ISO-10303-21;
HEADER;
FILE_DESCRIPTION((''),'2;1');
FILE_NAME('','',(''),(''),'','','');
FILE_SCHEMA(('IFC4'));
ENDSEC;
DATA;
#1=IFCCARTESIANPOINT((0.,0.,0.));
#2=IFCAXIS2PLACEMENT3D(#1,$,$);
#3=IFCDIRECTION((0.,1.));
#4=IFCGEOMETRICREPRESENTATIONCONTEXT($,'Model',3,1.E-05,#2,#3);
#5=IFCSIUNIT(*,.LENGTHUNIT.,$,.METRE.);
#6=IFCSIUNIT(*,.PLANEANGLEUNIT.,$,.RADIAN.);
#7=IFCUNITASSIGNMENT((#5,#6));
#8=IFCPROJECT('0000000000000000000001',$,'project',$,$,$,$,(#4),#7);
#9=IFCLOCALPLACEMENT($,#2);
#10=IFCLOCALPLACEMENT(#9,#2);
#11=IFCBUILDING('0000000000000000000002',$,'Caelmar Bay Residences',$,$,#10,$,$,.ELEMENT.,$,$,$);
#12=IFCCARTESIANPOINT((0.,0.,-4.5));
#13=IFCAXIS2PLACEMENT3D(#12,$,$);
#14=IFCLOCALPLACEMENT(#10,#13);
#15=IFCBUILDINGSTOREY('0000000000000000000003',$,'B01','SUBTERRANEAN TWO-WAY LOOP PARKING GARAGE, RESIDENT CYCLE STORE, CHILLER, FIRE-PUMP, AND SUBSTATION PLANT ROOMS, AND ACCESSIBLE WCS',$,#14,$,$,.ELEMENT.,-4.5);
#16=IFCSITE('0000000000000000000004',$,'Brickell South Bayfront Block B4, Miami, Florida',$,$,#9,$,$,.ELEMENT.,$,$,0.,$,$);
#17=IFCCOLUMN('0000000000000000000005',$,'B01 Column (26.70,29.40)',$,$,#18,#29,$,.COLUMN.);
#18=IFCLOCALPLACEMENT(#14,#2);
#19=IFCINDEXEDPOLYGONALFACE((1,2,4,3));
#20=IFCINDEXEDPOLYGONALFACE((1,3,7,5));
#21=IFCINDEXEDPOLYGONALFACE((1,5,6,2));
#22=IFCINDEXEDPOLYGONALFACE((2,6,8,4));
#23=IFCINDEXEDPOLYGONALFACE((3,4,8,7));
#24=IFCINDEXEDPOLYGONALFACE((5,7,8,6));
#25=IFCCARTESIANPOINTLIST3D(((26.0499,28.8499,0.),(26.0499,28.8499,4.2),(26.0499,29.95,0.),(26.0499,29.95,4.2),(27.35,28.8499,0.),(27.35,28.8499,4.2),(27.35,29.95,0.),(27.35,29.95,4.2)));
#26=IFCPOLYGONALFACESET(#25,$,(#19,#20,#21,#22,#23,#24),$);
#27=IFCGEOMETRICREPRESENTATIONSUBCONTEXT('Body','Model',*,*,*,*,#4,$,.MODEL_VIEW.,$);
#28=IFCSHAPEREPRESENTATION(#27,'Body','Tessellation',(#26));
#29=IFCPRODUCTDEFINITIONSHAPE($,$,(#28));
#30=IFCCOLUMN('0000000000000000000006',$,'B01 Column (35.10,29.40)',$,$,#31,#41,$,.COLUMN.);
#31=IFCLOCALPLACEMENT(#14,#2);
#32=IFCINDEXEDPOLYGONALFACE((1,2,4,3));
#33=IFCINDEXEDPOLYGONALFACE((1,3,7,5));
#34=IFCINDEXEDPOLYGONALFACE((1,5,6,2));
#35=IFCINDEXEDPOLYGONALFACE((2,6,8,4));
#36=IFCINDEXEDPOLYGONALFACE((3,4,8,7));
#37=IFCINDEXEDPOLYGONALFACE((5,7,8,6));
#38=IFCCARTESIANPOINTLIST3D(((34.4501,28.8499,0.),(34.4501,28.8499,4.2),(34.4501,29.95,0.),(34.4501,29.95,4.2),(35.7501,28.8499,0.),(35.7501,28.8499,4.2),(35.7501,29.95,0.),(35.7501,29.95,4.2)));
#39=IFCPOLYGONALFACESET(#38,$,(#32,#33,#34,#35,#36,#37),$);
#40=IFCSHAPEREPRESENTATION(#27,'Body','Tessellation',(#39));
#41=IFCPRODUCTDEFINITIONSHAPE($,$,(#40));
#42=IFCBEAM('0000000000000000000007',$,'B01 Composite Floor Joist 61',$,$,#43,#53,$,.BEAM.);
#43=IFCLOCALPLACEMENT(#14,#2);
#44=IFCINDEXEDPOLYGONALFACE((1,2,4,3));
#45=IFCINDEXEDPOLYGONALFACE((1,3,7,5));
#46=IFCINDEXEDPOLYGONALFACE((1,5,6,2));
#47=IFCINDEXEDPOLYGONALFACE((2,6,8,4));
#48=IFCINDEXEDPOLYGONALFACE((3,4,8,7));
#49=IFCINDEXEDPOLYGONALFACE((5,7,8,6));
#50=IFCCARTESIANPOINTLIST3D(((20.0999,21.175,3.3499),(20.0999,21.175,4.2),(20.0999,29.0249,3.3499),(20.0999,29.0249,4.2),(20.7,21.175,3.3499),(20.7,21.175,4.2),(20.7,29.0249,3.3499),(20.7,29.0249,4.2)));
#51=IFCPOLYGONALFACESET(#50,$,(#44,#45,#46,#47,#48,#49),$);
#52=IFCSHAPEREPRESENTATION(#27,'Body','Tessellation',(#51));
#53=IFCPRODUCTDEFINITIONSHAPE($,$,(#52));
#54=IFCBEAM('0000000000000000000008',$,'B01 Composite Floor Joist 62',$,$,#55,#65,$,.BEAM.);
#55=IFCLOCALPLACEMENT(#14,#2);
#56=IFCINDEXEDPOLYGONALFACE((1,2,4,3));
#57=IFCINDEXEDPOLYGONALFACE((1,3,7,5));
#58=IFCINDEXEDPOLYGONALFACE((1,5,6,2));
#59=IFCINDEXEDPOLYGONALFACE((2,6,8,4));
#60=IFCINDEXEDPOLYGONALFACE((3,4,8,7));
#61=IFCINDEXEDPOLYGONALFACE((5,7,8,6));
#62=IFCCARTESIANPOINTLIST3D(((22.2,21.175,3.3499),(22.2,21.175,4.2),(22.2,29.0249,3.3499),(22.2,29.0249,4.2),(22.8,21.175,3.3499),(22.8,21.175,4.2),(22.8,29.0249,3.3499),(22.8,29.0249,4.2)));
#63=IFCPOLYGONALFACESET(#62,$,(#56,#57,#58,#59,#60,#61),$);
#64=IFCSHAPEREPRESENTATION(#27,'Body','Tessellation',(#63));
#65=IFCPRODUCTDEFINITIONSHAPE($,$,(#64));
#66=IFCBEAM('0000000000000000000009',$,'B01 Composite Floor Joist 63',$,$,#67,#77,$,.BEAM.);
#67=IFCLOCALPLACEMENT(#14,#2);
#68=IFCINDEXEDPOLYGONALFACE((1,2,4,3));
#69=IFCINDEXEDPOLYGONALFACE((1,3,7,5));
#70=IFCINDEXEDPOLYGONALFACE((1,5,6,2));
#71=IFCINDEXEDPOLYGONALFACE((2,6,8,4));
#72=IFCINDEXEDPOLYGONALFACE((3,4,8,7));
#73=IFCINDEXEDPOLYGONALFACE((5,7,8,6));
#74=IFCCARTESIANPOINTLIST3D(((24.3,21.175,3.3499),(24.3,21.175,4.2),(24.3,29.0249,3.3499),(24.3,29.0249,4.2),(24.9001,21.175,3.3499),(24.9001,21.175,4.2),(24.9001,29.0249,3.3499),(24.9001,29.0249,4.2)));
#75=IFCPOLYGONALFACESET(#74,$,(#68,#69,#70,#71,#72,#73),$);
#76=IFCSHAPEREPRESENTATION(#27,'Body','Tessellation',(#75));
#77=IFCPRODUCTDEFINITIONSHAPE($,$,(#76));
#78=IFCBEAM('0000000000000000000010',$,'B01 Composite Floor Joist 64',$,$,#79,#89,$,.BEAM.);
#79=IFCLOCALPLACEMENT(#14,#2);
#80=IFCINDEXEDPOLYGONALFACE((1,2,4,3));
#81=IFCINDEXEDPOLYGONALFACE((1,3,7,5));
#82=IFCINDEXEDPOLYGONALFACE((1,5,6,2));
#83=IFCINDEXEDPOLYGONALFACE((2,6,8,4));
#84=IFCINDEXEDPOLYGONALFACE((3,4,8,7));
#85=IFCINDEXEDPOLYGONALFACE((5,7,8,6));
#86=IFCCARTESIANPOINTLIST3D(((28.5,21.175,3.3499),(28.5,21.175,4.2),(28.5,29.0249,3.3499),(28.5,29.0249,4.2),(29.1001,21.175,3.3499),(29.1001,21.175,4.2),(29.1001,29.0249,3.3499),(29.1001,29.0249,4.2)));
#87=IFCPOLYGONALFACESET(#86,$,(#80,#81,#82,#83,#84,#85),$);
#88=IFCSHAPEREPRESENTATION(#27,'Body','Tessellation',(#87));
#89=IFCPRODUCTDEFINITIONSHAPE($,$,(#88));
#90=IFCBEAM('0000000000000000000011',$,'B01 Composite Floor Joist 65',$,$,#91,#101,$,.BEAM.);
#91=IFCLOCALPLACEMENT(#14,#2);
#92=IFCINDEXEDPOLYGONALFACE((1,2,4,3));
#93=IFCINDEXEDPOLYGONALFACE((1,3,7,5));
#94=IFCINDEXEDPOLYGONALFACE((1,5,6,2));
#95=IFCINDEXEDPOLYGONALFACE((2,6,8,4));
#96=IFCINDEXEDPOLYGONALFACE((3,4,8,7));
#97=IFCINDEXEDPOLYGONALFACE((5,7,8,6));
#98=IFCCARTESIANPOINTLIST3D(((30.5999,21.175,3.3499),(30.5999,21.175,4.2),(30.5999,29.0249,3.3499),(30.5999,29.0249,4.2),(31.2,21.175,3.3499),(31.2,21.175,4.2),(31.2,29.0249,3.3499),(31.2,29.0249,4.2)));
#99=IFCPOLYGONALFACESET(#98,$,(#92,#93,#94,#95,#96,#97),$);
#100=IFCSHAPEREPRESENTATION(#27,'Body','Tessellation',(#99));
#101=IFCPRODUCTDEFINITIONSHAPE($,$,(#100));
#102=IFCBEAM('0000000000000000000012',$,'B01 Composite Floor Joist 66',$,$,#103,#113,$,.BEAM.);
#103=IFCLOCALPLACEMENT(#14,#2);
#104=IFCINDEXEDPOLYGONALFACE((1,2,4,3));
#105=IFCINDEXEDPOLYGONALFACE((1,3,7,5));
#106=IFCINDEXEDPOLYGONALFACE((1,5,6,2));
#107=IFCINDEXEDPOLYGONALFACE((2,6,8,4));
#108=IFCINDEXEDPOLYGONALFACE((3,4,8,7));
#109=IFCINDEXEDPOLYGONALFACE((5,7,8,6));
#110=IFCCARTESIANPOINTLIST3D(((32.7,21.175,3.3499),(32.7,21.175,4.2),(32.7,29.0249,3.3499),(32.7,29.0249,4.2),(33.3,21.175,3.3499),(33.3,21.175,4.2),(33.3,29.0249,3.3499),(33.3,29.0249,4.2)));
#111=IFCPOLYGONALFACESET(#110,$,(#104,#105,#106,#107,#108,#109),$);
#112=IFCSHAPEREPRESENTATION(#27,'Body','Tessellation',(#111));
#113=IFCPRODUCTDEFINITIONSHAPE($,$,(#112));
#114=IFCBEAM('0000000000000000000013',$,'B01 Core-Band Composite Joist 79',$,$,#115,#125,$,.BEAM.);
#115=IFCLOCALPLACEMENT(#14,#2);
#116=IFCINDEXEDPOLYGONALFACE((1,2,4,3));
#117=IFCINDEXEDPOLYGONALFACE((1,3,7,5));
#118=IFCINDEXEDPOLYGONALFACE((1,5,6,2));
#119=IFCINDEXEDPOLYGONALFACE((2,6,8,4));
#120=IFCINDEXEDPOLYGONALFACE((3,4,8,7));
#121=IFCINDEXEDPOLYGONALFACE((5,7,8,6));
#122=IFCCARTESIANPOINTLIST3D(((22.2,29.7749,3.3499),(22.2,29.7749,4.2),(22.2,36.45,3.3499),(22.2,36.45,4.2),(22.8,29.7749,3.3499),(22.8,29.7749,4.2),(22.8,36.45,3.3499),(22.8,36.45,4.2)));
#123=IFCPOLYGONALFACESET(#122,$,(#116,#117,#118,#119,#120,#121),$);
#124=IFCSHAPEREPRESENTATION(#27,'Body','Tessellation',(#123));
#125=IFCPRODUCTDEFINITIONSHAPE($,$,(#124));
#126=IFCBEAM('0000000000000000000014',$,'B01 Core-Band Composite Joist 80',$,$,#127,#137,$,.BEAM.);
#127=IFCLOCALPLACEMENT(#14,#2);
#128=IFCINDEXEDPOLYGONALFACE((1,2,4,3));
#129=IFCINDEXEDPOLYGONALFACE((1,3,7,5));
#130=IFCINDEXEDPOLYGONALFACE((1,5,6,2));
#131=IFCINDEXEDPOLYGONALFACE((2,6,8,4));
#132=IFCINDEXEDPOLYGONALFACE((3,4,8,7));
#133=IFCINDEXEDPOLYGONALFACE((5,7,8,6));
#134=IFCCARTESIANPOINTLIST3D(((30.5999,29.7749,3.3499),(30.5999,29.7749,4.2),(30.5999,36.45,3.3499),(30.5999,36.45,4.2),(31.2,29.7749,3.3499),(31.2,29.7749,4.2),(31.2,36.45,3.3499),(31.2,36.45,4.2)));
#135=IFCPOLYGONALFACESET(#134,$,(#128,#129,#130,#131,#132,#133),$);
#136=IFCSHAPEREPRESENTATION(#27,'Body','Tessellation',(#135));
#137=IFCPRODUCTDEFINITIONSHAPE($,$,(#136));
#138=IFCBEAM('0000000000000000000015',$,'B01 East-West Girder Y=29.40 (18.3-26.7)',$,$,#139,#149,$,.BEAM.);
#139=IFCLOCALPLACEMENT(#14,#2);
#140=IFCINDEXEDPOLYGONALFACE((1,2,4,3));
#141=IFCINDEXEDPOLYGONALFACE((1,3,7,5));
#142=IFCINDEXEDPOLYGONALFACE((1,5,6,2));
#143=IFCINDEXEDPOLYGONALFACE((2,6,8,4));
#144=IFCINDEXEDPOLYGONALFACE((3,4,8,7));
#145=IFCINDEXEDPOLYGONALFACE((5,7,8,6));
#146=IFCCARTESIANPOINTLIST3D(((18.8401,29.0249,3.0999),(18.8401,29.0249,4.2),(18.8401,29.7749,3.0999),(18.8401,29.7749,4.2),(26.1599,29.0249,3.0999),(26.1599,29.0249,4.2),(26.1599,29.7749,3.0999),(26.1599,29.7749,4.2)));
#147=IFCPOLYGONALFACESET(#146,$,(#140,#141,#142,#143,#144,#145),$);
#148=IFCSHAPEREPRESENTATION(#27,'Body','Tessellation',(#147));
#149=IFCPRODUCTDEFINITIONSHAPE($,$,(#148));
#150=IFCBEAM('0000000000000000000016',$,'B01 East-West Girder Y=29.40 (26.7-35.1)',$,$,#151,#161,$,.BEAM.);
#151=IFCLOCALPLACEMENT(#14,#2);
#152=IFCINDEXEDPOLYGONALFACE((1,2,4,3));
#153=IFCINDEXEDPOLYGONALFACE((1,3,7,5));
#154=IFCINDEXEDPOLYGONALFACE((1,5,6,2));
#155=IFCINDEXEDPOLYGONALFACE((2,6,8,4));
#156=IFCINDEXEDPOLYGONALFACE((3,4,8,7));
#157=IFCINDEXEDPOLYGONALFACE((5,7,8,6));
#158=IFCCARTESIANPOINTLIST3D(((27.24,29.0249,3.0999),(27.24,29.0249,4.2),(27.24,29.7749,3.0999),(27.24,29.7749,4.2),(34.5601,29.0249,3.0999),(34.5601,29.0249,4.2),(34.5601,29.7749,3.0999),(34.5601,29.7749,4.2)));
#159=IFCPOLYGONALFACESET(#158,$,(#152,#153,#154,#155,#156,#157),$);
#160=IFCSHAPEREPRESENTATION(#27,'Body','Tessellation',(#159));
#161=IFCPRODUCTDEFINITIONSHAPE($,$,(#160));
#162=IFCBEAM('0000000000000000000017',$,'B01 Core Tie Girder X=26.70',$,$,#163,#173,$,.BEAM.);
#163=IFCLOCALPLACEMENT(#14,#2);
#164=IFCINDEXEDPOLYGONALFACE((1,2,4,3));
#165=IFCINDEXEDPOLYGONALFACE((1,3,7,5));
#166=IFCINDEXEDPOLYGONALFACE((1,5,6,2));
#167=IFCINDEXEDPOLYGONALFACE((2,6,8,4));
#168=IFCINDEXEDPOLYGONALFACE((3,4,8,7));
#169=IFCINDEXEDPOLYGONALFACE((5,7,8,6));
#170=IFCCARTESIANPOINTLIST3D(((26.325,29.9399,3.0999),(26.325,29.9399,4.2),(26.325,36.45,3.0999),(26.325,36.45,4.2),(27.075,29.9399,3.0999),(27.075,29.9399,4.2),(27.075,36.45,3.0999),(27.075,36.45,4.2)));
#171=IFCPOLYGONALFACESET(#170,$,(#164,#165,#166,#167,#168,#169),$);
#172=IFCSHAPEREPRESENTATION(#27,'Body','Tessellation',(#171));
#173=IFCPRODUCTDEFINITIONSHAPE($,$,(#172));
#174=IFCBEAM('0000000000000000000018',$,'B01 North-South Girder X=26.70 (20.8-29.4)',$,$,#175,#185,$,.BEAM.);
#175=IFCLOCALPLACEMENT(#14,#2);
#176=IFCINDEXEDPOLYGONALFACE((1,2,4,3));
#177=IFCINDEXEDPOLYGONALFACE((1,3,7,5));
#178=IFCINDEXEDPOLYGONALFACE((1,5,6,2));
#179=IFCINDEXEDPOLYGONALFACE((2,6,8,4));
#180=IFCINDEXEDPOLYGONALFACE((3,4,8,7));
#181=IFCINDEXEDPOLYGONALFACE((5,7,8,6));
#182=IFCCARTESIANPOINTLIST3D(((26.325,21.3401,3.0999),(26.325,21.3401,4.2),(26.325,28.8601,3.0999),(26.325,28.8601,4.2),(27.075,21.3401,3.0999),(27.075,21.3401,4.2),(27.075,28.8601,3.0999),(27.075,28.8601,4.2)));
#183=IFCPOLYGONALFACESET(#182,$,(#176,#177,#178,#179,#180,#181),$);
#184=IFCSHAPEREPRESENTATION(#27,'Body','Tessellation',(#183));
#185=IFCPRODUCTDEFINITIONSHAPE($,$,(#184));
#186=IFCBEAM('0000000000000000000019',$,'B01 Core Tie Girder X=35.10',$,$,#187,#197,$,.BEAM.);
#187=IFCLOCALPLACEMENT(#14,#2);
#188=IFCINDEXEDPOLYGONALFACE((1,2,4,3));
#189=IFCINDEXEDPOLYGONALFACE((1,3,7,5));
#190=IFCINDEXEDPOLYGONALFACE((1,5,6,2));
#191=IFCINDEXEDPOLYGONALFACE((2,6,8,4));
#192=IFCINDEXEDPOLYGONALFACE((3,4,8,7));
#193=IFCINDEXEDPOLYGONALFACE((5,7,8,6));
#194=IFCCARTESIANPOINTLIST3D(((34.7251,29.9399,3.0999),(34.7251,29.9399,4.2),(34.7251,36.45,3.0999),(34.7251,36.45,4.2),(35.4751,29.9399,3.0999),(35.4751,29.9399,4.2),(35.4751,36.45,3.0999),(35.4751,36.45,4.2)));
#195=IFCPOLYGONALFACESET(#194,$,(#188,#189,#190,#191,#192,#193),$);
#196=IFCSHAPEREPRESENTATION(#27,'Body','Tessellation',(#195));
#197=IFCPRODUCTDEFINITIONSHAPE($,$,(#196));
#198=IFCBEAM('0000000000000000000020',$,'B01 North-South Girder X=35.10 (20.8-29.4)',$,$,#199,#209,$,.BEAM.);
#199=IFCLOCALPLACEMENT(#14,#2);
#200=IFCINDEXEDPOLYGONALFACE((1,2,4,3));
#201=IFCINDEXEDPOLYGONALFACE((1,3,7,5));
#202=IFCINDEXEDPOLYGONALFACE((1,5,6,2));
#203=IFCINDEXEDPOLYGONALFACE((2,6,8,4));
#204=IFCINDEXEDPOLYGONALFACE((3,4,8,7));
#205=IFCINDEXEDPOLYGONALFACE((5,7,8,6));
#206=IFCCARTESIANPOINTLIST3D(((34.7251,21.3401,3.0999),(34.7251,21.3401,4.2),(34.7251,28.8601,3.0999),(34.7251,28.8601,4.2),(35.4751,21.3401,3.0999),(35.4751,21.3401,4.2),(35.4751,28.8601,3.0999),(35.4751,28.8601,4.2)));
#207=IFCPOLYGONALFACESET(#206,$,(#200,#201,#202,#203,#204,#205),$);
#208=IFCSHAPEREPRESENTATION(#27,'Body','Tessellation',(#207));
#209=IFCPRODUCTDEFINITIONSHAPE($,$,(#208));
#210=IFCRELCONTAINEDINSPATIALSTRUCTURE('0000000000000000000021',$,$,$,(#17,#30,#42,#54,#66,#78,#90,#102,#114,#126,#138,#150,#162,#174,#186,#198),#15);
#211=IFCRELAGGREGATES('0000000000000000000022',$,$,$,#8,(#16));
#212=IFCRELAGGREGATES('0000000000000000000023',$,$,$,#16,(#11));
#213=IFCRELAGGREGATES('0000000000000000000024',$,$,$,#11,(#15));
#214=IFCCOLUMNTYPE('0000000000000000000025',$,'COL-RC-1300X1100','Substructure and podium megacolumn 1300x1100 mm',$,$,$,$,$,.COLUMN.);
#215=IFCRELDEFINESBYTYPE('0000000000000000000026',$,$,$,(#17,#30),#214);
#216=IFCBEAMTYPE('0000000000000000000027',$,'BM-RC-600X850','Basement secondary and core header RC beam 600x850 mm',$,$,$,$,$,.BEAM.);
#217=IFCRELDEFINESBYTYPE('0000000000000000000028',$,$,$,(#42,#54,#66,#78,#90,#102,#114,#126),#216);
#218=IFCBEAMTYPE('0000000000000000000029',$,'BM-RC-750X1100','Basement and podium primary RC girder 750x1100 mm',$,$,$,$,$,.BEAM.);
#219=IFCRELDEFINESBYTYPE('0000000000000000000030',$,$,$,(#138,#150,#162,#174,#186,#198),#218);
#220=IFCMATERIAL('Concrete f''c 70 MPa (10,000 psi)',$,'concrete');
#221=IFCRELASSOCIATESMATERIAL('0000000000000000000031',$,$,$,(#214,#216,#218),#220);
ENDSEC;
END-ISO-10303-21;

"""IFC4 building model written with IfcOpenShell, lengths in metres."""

from ifc_helpers import new_model, si_unit, direction, frame, origin, origin_2d, place, context, subcontext, project, spatial, rectangle, extrude, material, material_profile, profile_set, type_object, element, save


model = new_model("IFC4")

# Units and contexts
model_context = context("Model", 3, precision=1e-05, world=origin(), true_north=direction((0.0, 1.0)))
body_context = subcontext(model_context, "Body", "Model", "MODEL_VIEW")
ifc_project = project(units=[si_unit("LENGTHUNIT", "METRE"), si_unit("PLANEANGLEUNIT", "RADIAN")], contexts=[model_context])

# Site, building, storey
site_placement = place(None, origin())
site = spatial("IfcSite", under=ifc_project, at=site_placement, Name="Brickell South Bayfront Block B4, Miami, Florida", CompositionType="ELEMENT", RefElevation=0.0)
building_placement = place(site_placement, origin())
building = spatial("IfcBuilding", under=site, at=building_placement, Name="Caelmar Bay Residences", CompositionType="ELEMENT")
storey_placement = place(building_placement, frame((0.0, 0.0, -4.5)))
storey = spatial("IfcBuildingStorey", under=building, at=storey_placement, Name="B01", Description="SUBTERRANEAN TWO-WAY LOOP PARKING GARAGE, RESIDENT CYCLE STORE, CHILLER, FIRE-PUMP, AND SUBSTATION PLANT ROOMS, AND ACCESSIBLE WCS", CompositionType="ELEMENT", Elevation=-4.5)

# Columns
ifc_material_1 = material(Name="Concrete f'c 70 MPa (10,000 psi)", Category="concrete")
ifc_material_profile_1 = material_profile(ifc_material_1, rectangle(XDim=1.3, YDim=1.1001, at=origin_2d()), Name="RC-COL-1300X1100")
ifc_profile_set_1 = profile_set([ifc_material_profile_1], Name="Concrete f'c 70 MPa (10,000 psi)")
column_type = type_object("IfcColumnType", Name="COL-RC-1300X1100", Description="Substructure and podium megacolumn 1300x1100 mm", PredefinedType="COLUMN", material=ifc_profile_set_1)
for number, where, z_axis, x_axis, name in (
    (1, (26.7, 29.3999, 0.0), (0.0, 0.0, 1.0), (1.0, 0.0, 0.0), "B01 Column (26.70,29.40)"),
    (2, (35.1001, 29.3999, 0.0), (0.0, 0.0, 1.0), (1.0, 0.0, 0.0), "B01 Column (35.10,29.40)"),
):
    element("IfcColumn", number, at=place(storey_placement, frame(where, z_axis=z_axis, x_axis=x_axis)), inside=storey, type_object=column_type, Name=name, PredefinedType="COLUMN", context=body_context, shape_type="SweptSolid", body=[
        extrude(rectangle(XDim=1.3, YDim=1.1001, at=origin_2d()), origin(), (0.0, 0.0, 1.0), 4.2),
    ])

# Beams
ifc_material_profile_2 = material_profile(ifc_material_1, rectangle(XDim=0.6001, YDim=0.8501, at=origin_2d()), Name="RC-BM-600X850")
ifc_profile_set_2 = profile_set([ifc_material_profile_2], Name="Concrete f'c 70 MPa (10,000 psi)")
beam_type_1 = type_object("IfcBeamType", Name="BM-RC-600X850", Description="Basement secondary and core header RC beam 600x850 mm", PredefinedType="BEAM", material=ifc_profile_set_2)
for number, where, z_axis, x_axis, name in (
    (3, (20.3999, 21.175, 3.7749), (0.0, 1.0, 0.0), (-1.0, 0.0, 0.0), "B01 Composite Floor Joist 61"),
    (4, (22.5, 21.175, 3.7749), (0.0, 1.0, 0.0), (-1.0, 0.0, 0.0), "B01 Composite Floor Joist 62"),
    (5, (24.6001, 21.175, 3.7749), (0.0, 1.0, 0.0), (-1.0, 0.0, 0.0), "B01 Composite Floor Joist 63"),
    (6, (28.8, 21.175, 3.7749), (0.0, 1.0, 0.0), (-1.0, 0.0, 0.0), "B01 Composite Floor Joist 64"),
    (7, (30.8999, 21.175, 3.7749), (0.0, 1.0, 0.0), (-1.0, 0.0, 0.0), "B01 Composite Floor Joist 65"),
    (8, (33.0, 21.175, 3.7749), (0.0, 1.0, 0.0), (-1.0, 0.0, 0.0), "B01 Composite Floor Joist 66"),
):
    element("IfcBeam", number, at=place(storey_placement, frame(where, z_axis=z_axis, x_axis=x_axis)), inside=storey, type_object=beam_type_1, Name=name, PredefinedType="BEAM", context=body_context, shape_type="SweptSolid", body=[
        extrude(rectangle(XDim=0.6001, YDim=0.8501, at=origin_2d()), origin(), (0.0, 0.0, 1.0), 7.8499),
    ])
for number, where, z_axis, x_axis, name in (
    (9, (22.5, 29.7749, 3.7749), (0.0, 1.0, 0.0), (-1.0, 0.0, 0.0), "B01 Core-Band Composite Joist 79"),
    (10, (30.8999, 29.7749, 3.7749), (0.0, 1.0, 0.0), (-1.0, 0.0, 0.0), "B01 Core-Band Composite Joist 80"),
):
    element("IfcBeam", number, at=place(storey_placement, frame(where, z_axis=z_axis, x_axis=x_axis)), inside=storey, type_object=beam_type_1, Name=name, PredefinedType="BEAM", context=body_context, shape_type="SweptSolid", body=[
        extrude(rectangle(XDim=0.6001, YDim=0.8501, at=origin_2d()), origin(), (0.0, 0.0, 1.0), 6.675),
    ])
ifc_material_profile_3 = material_profile(ifc_material_1, rectangle(XDim=0.75, YDim=1.1001, at=origin_2d()), Name="RC-BM-750X1100")
ifc_profile_set_3 = profile_set([ifc_material_profile_3], Name="Concrete f'c 70 MPa (10,000 psi)")
beam_type_2 = type_object("IfcBeamType", Name="BM-RC-750X1100", Description="Basement and podium primary RC girder 750x1100 mm", PredefinedType="BEAM", material=ifc_profile_set_3)
beam_1_placement = place(storey_placement, frame((18.8401, 29.3999, 3.6499), z_axis=(1.0, 0.0, 0.0), x_axis=(0.0, 1.0, 0.0)))
element("IfcBeam", 11, at=beam_1_placement, inside=storey, type_object=beam_type_2, Name="B01 East-West Girder Y=29.40 (18.3-26.7)", PredefinedType="BEAM", context=body_context, shape_type="SweptSolid", body=[
    extrude(rectangle(XDim=0.75, YDim=1.1001, at=origin_2d()), origin(), (0.0, 0.0, 1.0), 7.3198),
])
beam_2_placement = place(storey_placement, frame((27.24, 29.3999, 3.6499), z_axis=(1.0, 0.0, 0.0), x_axis=(0.0, 1.0, 0.0)))
element("IfcBeam", 12, at=beam_2_placement, inside=storey, type_object=beam_type_2, Name="B01 East-West Girder Y=29.40 (26.7-35.1)", PredefinedType="BEAM", context=body_context, shape_type="SweptSolid", body=[
    extrude(rectangle(XDim=0.75, YDim=1.1001, at=origin_2d()), origin(), (0.0, 0.0, 1.0), 7.3201),
])
beam_3_placement = place(storey_placement, frame((26.7, 29.9399, 3.6499), z_axis=(0.0, 1.0, 0.0), x_axis=(-1.0, 0.0, 0.0)))
element("IfcBeam", 13, at=beam_3_placement, inside=storey, type_object=beam_type_2, Name="B01 Core Tie Girder X=26.70", PredefinedType="BEAM", context=body_context, shape_type="SweptSolid", body=[
    extrude(rectangle(XDim=0.75, YDim=1.1001, at=origin_2d()), origin(), (0.0, 0.0, 1.0), 6.51),
])
beam_4_placement = place(storey_placement, frame((26.7, 21.3401, 3.6499), z_axis=(0.0, 1.0, 0.0), x_axis=(-1.0, 0.0, 0.0)))
element("IfcBeam", 14, at=beam_4_placement, inside=storey, type_object=beam_type_2, Name="B01 North-South Girder X=26.70 (20.8-29.4)", PredefinedType="BEAM", context=body_context, shape_type="SweptSolid", body=[
    extrude(rectangle(XDim=0.75, YDim=1.1001, at=origin_2d()), origin(), (0.0, 0.0, 1.0), 7.52),
])
beam_5_placement = place(storey_placement, frame((35.1001, 29.9399, 3.6499), z_axis=(0.0, 1.0, 0.0), x_axis=(-1.0, 0.0, 0.0)))
element("IfcBeam", 15, at=beam_5_placement, inside=storey, type_object=beam_type_2, Name="B01 Core Tie Girder X=35.10", PredefinedType="BEAM", context=body_context, shape_type="SweptSolid", body=[
    extrude(rectangle(XDim=0.75, YDim=1.1001, at=origin_2d()), origin(), (0.0, 0.0, 1.0), 6.51),
])
beam_6_placement = place(storey_placement, frame((35.1001, 21.3401, 3.6499), z_axis=(0.0, 1.0, 0.0), x_axis=(-1.0, 0.0, 0.0)))
element("IfcBeam", 16, at=beam_6_placement, inside=storey, type_object=beam_type_2, Name="B01 North-South Girder X=35.10 (20.8-29.4)", PredefinedType="BEAM", context=body_context, shape_type="SweptSolid", body=[
    extrude(rectangle(XDim=0.75, YDim=1.1001, at=origin_2d()), origin(), (0.0, 0.0, 1.0), 7.52),
])

save(model, "model.ifc")
